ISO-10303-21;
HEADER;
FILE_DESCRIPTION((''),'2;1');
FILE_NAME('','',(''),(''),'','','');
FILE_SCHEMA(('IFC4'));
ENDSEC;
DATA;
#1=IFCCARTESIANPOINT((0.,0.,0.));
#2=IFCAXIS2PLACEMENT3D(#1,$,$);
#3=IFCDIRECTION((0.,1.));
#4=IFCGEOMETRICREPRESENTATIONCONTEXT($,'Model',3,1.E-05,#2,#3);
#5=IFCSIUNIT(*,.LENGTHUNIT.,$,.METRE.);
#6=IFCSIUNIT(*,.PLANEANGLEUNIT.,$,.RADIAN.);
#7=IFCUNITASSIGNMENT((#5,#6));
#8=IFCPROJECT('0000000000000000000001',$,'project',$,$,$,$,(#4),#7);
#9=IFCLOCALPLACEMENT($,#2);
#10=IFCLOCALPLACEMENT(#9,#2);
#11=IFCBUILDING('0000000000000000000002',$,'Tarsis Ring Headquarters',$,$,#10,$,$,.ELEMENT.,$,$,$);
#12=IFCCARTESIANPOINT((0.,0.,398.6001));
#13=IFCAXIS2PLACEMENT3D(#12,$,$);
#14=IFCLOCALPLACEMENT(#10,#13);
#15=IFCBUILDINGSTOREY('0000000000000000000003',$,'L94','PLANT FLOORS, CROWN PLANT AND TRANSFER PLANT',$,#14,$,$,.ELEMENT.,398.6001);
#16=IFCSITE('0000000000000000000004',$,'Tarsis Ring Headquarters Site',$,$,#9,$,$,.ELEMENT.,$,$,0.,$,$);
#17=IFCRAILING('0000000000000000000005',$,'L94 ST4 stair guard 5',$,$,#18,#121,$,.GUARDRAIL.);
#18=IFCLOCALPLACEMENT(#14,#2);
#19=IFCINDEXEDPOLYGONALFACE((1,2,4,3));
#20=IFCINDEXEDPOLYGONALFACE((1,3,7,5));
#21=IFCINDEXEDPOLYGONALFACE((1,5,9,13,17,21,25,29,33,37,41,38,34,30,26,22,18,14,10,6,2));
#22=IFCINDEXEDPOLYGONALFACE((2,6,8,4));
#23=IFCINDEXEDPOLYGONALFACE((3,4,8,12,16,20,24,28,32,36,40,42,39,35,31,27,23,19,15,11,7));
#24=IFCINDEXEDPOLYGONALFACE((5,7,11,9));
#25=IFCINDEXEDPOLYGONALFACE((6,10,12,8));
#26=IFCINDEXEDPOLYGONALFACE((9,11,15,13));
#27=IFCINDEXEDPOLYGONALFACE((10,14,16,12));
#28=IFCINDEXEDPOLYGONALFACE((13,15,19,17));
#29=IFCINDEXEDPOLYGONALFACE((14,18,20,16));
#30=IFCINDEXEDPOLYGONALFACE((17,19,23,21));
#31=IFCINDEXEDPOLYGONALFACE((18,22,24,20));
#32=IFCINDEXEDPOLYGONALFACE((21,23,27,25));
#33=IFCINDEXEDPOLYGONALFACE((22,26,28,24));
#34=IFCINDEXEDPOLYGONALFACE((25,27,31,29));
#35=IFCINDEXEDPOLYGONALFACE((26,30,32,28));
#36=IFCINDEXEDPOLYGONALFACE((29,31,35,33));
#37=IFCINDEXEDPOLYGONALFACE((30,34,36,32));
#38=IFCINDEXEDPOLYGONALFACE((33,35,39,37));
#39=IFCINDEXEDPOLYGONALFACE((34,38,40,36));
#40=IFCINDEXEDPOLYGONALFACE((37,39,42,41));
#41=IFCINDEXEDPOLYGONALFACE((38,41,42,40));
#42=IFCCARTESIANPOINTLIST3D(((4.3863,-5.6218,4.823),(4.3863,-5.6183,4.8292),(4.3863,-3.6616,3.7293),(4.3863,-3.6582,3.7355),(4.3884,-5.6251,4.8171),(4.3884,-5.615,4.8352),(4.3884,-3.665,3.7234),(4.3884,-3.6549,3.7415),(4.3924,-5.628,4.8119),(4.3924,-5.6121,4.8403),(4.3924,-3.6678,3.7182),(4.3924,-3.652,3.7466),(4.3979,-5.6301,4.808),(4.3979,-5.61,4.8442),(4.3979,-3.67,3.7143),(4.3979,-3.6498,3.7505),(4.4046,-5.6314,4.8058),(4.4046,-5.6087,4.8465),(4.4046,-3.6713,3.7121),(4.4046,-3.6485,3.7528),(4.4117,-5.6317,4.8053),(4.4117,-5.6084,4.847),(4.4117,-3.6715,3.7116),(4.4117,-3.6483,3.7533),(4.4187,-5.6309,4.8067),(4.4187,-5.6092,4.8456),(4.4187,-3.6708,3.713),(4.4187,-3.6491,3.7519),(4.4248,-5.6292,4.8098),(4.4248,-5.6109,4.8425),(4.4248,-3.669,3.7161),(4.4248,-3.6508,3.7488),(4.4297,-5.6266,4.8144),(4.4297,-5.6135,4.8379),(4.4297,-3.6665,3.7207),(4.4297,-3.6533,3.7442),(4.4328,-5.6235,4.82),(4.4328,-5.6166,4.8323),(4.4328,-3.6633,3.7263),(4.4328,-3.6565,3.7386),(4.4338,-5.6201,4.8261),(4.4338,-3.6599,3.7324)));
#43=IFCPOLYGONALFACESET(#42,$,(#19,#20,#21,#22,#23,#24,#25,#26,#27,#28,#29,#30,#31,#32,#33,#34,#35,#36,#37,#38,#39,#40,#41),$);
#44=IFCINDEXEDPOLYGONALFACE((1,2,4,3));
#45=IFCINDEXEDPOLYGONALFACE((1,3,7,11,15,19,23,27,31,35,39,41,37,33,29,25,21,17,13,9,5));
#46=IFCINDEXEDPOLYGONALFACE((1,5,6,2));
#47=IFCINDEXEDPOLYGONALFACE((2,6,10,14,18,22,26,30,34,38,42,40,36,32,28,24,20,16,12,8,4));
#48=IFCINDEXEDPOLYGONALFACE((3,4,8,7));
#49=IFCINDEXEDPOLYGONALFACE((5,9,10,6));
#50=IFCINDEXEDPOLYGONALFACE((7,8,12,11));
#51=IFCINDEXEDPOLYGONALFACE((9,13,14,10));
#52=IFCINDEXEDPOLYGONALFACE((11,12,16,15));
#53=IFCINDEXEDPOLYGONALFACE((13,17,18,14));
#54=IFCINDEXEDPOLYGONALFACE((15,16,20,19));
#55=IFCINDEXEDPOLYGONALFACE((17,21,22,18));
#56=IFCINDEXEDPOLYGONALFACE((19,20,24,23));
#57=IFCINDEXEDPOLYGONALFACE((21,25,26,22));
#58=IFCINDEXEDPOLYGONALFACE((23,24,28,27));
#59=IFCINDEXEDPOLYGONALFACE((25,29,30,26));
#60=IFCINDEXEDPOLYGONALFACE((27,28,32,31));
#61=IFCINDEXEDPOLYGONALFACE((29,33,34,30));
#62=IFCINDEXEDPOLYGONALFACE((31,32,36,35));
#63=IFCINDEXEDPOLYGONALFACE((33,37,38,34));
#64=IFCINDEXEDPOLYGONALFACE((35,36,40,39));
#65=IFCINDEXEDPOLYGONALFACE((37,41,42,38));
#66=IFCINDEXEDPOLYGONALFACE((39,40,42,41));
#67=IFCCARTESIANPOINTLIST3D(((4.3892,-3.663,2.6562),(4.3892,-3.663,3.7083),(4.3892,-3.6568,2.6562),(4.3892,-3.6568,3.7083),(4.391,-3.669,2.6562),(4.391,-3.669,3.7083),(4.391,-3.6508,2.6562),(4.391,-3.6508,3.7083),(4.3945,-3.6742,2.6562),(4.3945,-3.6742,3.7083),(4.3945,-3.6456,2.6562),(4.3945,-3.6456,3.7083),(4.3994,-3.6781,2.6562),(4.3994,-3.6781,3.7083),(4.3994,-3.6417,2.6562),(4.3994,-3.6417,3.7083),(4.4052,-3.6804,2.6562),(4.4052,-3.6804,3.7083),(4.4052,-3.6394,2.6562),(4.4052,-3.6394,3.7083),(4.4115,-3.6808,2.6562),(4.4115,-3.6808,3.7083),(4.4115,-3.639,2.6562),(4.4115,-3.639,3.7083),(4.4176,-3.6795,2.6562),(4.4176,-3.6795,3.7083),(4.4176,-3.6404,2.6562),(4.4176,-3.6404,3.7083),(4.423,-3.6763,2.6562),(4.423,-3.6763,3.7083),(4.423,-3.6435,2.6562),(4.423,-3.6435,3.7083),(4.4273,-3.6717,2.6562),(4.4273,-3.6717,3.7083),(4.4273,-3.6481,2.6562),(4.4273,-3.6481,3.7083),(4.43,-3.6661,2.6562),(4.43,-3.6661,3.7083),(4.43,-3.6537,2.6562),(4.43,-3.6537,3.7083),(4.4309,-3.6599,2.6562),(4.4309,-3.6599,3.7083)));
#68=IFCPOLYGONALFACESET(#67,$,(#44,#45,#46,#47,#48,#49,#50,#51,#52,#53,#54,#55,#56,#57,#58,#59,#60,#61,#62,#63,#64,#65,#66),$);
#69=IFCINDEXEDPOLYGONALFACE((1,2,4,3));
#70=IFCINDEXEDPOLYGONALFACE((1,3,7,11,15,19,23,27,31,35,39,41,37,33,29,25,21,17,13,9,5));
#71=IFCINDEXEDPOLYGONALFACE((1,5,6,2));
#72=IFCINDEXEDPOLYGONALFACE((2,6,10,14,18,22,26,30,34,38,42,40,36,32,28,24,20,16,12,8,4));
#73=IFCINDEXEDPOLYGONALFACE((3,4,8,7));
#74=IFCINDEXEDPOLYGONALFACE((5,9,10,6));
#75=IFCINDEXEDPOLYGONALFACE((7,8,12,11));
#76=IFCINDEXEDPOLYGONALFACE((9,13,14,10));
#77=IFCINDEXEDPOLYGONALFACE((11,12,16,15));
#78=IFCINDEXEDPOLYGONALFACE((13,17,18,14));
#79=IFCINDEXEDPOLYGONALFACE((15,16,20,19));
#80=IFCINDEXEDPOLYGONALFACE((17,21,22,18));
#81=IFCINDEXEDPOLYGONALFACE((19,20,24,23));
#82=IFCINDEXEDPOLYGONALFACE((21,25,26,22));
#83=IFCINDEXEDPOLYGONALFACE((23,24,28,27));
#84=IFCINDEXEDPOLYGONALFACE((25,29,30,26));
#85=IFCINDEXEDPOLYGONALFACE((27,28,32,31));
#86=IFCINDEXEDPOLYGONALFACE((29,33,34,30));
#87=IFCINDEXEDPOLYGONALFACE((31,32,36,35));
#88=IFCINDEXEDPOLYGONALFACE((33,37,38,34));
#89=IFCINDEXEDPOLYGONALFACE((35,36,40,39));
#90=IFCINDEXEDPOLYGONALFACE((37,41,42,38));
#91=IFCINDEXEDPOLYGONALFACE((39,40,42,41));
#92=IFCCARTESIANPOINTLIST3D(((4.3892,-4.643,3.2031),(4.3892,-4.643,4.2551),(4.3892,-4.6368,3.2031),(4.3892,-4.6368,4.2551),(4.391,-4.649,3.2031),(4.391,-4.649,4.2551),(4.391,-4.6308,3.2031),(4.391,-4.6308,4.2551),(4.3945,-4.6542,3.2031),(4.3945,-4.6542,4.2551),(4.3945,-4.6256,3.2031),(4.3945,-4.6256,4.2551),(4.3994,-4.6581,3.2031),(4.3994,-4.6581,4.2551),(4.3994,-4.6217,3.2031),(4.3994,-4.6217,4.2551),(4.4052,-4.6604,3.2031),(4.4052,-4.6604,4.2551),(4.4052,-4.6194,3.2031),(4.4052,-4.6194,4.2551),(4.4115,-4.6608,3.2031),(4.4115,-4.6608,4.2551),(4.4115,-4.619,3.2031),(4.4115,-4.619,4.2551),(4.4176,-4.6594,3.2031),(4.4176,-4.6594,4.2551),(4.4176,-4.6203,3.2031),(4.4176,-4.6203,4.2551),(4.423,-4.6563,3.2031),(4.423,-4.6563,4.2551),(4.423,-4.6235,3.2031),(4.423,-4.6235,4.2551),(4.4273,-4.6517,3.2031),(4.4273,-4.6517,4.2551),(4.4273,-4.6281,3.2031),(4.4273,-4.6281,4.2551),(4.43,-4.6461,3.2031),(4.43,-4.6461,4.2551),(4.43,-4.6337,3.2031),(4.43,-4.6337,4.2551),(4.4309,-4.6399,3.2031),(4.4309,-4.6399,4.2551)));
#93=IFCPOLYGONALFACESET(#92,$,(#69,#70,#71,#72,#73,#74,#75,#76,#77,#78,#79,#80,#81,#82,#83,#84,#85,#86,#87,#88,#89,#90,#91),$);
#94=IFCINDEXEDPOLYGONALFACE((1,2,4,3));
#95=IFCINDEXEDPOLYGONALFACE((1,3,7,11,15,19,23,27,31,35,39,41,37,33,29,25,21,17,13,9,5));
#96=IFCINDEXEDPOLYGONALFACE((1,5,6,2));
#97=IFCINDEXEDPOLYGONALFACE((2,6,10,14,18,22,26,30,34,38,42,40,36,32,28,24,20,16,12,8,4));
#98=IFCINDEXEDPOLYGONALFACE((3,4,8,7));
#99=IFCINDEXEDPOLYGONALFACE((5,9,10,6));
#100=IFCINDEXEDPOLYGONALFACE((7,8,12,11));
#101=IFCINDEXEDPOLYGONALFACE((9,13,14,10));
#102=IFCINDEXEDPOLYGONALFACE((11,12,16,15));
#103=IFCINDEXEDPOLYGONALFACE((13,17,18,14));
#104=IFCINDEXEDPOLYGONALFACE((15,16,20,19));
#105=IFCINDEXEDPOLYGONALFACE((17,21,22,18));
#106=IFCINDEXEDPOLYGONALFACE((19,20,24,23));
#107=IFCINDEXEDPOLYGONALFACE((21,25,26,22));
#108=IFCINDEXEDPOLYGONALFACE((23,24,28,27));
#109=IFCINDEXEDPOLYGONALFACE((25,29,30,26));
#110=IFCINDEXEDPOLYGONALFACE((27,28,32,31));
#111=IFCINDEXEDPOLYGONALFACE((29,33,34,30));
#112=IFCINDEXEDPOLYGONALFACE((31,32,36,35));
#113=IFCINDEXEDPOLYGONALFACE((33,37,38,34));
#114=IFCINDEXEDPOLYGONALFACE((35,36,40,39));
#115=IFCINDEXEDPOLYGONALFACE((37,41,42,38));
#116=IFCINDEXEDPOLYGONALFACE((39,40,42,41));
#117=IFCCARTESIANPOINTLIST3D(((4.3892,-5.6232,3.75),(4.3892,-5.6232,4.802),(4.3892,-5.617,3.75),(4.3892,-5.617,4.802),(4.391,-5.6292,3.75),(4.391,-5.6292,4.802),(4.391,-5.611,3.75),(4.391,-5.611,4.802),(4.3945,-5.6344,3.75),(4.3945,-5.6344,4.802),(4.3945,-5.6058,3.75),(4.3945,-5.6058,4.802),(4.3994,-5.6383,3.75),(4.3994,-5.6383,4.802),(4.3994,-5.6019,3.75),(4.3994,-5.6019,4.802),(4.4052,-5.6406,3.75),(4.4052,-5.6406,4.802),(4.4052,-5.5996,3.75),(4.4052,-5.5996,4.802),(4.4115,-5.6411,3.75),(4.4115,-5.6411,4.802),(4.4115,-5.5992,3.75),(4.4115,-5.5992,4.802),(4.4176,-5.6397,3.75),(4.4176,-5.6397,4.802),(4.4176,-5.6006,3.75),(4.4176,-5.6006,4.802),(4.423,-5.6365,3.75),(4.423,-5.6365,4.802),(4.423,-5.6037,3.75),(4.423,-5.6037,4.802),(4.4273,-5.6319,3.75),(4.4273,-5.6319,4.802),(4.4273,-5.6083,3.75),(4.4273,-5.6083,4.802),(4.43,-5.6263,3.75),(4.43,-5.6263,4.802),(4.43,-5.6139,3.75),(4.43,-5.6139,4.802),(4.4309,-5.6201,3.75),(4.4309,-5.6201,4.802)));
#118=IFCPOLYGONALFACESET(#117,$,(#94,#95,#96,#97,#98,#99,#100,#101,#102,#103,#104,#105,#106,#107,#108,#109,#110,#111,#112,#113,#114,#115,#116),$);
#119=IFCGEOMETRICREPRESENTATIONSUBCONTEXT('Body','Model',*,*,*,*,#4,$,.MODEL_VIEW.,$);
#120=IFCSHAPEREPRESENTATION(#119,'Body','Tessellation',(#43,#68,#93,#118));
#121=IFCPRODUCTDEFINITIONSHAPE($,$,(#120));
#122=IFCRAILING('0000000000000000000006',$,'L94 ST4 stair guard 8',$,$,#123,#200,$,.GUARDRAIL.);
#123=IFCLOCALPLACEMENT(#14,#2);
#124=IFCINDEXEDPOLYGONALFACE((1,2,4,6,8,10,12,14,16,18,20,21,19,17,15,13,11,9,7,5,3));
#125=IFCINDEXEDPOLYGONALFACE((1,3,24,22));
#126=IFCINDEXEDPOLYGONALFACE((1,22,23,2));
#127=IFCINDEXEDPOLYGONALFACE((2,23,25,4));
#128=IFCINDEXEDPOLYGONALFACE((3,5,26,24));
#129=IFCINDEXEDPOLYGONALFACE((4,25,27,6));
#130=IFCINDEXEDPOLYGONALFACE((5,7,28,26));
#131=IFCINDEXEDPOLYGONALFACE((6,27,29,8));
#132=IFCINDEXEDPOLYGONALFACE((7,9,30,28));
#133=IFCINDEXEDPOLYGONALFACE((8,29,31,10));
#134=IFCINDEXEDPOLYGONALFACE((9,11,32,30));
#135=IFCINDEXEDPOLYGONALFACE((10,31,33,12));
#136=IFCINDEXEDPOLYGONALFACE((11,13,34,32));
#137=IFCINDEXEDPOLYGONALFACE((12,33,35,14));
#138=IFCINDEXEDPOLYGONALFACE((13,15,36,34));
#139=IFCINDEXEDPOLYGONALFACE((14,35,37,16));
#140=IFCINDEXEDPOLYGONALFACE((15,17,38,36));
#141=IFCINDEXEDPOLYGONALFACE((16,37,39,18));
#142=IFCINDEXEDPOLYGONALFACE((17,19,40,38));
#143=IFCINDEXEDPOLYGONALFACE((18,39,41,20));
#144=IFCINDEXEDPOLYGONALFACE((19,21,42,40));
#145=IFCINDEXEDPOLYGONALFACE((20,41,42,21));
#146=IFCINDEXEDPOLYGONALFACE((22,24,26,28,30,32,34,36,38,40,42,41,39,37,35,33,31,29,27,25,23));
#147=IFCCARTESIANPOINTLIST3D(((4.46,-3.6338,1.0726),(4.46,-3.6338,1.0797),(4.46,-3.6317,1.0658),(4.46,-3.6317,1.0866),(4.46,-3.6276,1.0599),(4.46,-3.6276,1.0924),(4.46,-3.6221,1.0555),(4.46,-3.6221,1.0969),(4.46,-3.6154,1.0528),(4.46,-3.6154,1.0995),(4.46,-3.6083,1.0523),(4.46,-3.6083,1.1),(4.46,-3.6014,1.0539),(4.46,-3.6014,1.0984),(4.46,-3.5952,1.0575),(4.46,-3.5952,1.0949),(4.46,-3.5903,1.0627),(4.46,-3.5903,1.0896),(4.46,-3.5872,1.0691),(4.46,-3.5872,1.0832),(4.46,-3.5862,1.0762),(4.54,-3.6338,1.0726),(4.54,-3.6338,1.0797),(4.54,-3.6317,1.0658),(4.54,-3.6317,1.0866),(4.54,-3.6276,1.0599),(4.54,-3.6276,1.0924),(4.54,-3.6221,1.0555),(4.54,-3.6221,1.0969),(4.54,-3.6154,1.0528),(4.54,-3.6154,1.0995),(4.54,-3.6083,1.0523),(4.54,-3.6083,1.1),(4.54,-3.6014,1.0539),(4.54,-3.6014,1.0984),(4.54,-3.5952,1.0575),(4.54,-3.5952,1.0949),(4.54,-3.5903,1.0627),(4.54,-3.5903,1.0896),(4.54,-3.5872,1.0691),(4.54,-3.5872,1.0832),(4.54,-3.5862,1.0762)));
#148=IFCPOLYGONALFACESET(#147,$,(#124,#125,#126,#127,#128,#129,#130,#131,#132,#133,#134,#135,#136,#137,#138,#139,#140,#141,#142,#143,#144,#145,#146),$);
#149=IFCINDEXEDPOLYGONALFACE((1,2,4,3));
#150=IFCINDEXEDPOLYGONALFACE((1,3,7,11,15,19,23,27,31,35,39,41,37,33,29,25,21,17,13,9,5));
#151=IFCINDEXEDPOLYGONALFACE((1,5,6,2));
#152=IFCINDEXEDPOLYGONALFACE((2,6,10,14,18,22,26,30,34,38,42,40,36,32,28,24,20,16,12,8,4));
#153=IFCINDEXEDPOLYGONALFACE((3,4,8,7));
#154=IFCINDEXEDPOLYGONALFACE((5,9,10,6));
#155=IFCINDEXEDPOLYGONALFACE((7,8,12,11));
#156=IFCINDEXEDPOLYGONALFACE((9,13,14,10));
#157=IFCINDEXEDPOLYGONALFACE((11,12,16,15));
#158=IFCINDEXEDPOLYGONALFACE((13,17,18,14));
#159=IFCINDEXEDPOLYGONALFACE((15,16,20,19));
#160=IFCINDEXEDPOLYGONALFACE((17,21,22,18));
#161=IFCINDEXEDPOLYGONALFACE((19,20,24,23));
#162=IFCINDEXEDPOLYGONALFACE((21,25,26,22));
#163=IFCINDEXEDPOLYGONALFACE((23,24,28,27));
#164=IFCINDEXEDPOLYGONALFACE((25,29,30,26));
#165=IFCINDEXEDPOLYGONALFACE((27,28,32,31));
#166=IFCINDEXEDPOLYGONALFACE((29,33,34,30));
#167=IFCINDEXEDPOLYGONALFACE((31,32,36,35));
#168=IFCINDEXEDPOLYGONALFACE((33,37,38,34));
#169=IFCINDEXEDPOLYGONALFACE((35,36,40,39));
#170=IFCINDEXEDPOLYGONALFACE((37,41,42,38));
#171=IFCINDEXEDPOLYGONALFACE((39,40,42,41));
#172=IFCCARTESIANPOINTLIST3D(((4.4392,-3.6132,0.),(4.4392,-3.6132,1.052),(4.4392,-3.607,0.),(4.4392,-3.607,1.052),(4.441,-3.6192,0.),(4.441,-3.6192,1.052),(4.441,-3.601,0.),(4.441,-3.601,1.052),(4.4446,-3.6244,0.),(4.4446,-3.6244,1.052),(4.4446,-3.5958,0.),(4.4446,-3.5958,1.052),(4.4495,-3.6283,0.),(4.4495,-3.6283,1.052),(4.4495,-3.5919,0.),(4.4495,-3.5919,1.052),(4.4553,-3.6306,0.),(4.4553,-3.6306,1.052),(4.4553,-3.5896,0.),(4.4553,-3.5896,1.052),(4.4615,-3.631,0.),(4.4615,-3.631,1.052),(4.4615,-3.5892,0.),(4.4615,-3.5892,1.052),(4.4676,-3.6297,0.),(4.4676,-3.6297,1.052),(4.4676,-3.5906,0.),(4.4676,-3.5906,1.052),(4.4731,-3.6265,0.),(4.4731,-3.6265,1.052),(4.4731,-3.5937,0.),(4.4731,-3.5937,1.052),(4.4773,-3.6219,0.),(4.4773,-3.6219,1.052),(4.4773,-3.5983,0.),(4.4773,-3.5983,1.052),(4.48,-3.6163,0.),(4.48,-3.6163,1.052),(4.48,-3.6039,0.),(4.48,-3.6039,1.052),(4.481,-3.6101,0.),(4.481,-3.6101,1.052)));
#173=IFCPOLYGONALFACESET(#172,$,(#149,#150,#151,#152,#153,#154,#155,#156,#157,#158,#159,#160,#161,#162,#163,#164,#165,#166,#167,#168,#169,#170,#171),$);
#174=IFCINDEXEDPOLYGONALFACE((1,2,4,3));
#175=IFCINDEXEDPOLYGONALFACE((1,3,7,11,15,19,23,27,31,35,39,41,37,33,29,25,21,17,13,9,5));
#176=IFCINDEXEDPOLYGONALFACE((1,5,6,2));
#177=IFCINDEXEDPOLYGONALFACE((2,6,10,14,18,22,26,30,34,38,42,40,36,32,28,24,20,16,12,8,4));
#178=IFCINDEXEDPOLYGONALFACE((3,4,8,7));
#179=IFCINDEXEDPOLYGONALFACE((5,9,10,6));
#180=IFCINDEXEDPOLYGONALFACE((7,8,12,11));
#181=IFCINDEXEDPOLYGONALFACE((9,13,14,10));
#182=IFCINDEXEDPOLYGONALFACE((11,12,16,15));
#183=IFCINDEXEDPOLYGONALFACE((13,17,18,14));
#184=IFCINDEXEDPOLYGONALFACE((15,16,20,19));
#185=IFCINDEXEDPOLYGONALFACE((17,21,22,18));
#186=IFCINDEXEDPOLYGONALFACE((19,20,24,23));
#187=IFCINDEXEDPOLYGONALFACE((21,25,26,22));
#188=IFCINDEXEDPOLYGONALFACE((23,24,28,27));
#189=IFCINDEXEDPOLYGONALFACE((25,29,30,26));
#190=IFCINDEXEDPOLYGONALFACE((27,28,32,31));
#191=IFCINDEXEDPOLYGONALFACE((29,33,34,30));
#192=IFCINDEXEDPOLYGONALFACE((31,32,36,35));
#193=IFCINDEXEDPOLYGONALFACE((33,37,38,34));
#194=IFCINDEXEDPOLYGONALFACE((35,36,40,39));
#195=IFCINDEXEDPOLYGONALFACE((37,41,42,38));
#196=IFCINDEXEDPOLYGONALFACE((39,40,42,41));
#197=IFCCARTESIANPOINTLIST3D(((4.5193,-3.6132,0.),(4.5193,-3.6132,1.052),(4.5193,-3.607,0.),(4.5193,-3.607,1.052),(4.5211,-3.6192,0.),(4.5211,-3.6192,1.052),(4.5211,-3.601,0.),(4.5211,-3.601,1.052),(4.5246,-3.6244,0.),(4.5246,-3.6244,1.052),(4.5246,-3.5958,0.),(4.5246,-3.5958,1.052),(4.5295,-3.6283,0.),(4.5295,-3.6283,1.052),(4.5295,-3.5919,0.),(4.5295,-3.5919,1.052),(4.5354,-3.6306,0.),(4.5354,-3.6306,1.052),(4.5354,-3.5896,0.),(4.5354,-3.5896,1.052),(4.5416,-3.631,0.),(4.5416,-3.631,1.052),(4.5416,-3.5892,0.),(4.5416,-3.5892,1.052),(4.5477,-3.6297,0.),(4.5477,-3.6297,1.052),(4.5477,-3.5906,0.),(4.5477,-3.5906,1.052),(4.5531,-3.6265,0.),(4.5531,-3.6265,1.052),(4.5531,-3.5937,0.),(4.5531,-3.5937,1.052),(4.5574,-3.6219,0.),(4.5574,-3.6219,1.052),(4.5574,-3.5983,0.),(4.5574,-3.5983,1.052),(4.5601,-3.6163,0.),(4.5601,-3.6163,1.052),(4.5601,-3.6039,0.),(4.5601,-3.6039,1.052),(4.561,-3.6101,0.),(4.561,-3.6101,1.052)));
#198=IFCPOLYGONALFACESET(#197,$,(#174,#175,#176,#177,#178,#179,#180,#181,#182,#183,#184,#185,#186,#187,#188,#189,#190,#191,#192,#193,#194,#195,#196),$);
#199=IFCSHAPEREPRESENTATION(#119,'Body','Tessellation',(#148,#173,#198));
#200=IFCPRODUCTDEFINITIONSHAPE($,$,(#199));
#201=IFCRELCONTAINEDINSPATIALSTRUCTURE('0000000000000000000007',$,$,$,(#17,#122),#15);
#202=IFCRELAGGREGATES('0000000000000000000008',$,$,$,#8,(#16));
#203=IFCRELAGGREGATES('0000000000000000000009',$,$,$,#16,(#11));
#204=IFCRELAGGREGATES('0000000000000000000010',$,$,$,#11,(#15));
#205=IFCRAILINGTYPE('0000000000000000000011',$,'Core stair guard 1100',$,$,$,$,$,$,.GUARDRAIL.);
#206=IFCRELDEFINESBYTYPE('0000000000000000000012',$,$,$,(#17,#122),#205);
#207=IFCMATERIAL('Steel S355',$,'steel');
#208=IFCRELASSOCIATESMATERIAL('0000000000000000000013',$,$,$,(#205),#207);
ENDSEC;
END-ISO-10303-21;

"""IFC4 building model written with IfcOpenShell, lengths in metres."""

from ifc_helpers import new_model, si_unit, direction, frame, origin, origin_2d, place, context, subcontext, project, spatial, circle, extrude, material, type_object, element, save


model = new_model("IFC4")

# Units and contexts
model_context = context("Model", 3, precision=1e-05, world=origin(), true_north=direction((0.0, 1.0)))
body_context = subcontext(model_context, "Body", "Model", "MODEL_VIEW")
ifc_project = project(units=[si_unit("LENGTHUNIT", "METRE"), si_unit("PLANEANGLEUNIT", "RADIAN")], contexts=[model_context])

# Site, building, storey
site_placement = place(None, origin())
site = spatial("IfcSite", under=ifc_project, at=site_placement, Name="Tarsis Ring Headquarters Site", CompositionType="ELEMENT", RefElevation=0.0)
building_placement = place(site_placement, origin())
building = spatial("IfcBuilding", under=site, at=building_placement, Name="Tarsis Ring Headquarters", CompositionType="ELEMENT")
storey_placement = place(building_placement, frame((0.0, 0.0, 398.6001)))
storey = spatial("IfcBuildingStorey", under=building, at=storey_placement, Name="L94", Description="PLANT FLOORS, CROWN PLANT AND TRANSFER PLANT", CompositionType="ELEMENT", Elevation=398.6001)

# Railings
ifc_material_1 = material(Name="Steel S355", Category="steel")
railing_type_1 = type_object("IfcRailingType", Name="Core stair guard 1100", PredefinedType="GUARDRAIL", material=ifc_material_1)
railing_1_placement = place(storey_placement, frame((4.4099, -3.6599, 2.6562)))
element("IfcRailing", 1, at=railing_1_placement, inside=storey, type_object=railing_type_1, Name="L94 ST4 stair guard 5", PredefinedType="GUARDRAIL", context=body_context, shape_type="SweptSolid", body=[
    extrude(circle(Radius=0.0239, at=origin_2d()), frame((0.0, 0.0, 1.0762), z_axis=(0.0, -0.873258, 0.487258), x_axis=(1.0, 0.0, 0.0)), (0.0, 0.0, 1.0), 2.2446),
    extrude(circle(Radius=0.021, at=origin_2d()), origin(), (0.0, 0.0, 1.0), 1.052),
    extrude(circle(Radius=0.021, at=origin_2d()), frame((0.0, -0.98, 0.5469)), (0.0, 0.0, 1.0), 1.052),
    extrude(circle(Radius=0.021, at=origin_2d()), frame((0.0, -1.9602, 1.0938)), (0.0, 0.0, 1.0), 1.052),
])
railing_2_placement = place(storey_placement, frame((4.46, -3.6101, 0.0)))
element("IfcRailing", 2, at=railing_2_placement, inside=storey, type_object=railing_type_1, Name="L94 ST4 stair guard 8", PredefinedType="GUARDRAIL", context=body_context, shape_type="SweptSolid", body=[
    extrude(circle(Radius=0.0239, at=origin_2d()), frame((0.0, 0.0, 1.0762), z_axis=(1.0, 0.0, 0.0), x_axis=(0.0, 1.0, 0.0)), (0.0, 0.0, 1.0), 0.0801),
    extrude(circle(Radius=0.021, at=origin_2d()), origin(), (0.0, 0.0, 1.0), 1.052),
    extrude(circle(Radius=0.021, at=origin_2d()), frame((0.0801, 0.0, 0.0)), (0.0, 0.0, 1.0), 1.052),
])

save(model, "model.ifc")
